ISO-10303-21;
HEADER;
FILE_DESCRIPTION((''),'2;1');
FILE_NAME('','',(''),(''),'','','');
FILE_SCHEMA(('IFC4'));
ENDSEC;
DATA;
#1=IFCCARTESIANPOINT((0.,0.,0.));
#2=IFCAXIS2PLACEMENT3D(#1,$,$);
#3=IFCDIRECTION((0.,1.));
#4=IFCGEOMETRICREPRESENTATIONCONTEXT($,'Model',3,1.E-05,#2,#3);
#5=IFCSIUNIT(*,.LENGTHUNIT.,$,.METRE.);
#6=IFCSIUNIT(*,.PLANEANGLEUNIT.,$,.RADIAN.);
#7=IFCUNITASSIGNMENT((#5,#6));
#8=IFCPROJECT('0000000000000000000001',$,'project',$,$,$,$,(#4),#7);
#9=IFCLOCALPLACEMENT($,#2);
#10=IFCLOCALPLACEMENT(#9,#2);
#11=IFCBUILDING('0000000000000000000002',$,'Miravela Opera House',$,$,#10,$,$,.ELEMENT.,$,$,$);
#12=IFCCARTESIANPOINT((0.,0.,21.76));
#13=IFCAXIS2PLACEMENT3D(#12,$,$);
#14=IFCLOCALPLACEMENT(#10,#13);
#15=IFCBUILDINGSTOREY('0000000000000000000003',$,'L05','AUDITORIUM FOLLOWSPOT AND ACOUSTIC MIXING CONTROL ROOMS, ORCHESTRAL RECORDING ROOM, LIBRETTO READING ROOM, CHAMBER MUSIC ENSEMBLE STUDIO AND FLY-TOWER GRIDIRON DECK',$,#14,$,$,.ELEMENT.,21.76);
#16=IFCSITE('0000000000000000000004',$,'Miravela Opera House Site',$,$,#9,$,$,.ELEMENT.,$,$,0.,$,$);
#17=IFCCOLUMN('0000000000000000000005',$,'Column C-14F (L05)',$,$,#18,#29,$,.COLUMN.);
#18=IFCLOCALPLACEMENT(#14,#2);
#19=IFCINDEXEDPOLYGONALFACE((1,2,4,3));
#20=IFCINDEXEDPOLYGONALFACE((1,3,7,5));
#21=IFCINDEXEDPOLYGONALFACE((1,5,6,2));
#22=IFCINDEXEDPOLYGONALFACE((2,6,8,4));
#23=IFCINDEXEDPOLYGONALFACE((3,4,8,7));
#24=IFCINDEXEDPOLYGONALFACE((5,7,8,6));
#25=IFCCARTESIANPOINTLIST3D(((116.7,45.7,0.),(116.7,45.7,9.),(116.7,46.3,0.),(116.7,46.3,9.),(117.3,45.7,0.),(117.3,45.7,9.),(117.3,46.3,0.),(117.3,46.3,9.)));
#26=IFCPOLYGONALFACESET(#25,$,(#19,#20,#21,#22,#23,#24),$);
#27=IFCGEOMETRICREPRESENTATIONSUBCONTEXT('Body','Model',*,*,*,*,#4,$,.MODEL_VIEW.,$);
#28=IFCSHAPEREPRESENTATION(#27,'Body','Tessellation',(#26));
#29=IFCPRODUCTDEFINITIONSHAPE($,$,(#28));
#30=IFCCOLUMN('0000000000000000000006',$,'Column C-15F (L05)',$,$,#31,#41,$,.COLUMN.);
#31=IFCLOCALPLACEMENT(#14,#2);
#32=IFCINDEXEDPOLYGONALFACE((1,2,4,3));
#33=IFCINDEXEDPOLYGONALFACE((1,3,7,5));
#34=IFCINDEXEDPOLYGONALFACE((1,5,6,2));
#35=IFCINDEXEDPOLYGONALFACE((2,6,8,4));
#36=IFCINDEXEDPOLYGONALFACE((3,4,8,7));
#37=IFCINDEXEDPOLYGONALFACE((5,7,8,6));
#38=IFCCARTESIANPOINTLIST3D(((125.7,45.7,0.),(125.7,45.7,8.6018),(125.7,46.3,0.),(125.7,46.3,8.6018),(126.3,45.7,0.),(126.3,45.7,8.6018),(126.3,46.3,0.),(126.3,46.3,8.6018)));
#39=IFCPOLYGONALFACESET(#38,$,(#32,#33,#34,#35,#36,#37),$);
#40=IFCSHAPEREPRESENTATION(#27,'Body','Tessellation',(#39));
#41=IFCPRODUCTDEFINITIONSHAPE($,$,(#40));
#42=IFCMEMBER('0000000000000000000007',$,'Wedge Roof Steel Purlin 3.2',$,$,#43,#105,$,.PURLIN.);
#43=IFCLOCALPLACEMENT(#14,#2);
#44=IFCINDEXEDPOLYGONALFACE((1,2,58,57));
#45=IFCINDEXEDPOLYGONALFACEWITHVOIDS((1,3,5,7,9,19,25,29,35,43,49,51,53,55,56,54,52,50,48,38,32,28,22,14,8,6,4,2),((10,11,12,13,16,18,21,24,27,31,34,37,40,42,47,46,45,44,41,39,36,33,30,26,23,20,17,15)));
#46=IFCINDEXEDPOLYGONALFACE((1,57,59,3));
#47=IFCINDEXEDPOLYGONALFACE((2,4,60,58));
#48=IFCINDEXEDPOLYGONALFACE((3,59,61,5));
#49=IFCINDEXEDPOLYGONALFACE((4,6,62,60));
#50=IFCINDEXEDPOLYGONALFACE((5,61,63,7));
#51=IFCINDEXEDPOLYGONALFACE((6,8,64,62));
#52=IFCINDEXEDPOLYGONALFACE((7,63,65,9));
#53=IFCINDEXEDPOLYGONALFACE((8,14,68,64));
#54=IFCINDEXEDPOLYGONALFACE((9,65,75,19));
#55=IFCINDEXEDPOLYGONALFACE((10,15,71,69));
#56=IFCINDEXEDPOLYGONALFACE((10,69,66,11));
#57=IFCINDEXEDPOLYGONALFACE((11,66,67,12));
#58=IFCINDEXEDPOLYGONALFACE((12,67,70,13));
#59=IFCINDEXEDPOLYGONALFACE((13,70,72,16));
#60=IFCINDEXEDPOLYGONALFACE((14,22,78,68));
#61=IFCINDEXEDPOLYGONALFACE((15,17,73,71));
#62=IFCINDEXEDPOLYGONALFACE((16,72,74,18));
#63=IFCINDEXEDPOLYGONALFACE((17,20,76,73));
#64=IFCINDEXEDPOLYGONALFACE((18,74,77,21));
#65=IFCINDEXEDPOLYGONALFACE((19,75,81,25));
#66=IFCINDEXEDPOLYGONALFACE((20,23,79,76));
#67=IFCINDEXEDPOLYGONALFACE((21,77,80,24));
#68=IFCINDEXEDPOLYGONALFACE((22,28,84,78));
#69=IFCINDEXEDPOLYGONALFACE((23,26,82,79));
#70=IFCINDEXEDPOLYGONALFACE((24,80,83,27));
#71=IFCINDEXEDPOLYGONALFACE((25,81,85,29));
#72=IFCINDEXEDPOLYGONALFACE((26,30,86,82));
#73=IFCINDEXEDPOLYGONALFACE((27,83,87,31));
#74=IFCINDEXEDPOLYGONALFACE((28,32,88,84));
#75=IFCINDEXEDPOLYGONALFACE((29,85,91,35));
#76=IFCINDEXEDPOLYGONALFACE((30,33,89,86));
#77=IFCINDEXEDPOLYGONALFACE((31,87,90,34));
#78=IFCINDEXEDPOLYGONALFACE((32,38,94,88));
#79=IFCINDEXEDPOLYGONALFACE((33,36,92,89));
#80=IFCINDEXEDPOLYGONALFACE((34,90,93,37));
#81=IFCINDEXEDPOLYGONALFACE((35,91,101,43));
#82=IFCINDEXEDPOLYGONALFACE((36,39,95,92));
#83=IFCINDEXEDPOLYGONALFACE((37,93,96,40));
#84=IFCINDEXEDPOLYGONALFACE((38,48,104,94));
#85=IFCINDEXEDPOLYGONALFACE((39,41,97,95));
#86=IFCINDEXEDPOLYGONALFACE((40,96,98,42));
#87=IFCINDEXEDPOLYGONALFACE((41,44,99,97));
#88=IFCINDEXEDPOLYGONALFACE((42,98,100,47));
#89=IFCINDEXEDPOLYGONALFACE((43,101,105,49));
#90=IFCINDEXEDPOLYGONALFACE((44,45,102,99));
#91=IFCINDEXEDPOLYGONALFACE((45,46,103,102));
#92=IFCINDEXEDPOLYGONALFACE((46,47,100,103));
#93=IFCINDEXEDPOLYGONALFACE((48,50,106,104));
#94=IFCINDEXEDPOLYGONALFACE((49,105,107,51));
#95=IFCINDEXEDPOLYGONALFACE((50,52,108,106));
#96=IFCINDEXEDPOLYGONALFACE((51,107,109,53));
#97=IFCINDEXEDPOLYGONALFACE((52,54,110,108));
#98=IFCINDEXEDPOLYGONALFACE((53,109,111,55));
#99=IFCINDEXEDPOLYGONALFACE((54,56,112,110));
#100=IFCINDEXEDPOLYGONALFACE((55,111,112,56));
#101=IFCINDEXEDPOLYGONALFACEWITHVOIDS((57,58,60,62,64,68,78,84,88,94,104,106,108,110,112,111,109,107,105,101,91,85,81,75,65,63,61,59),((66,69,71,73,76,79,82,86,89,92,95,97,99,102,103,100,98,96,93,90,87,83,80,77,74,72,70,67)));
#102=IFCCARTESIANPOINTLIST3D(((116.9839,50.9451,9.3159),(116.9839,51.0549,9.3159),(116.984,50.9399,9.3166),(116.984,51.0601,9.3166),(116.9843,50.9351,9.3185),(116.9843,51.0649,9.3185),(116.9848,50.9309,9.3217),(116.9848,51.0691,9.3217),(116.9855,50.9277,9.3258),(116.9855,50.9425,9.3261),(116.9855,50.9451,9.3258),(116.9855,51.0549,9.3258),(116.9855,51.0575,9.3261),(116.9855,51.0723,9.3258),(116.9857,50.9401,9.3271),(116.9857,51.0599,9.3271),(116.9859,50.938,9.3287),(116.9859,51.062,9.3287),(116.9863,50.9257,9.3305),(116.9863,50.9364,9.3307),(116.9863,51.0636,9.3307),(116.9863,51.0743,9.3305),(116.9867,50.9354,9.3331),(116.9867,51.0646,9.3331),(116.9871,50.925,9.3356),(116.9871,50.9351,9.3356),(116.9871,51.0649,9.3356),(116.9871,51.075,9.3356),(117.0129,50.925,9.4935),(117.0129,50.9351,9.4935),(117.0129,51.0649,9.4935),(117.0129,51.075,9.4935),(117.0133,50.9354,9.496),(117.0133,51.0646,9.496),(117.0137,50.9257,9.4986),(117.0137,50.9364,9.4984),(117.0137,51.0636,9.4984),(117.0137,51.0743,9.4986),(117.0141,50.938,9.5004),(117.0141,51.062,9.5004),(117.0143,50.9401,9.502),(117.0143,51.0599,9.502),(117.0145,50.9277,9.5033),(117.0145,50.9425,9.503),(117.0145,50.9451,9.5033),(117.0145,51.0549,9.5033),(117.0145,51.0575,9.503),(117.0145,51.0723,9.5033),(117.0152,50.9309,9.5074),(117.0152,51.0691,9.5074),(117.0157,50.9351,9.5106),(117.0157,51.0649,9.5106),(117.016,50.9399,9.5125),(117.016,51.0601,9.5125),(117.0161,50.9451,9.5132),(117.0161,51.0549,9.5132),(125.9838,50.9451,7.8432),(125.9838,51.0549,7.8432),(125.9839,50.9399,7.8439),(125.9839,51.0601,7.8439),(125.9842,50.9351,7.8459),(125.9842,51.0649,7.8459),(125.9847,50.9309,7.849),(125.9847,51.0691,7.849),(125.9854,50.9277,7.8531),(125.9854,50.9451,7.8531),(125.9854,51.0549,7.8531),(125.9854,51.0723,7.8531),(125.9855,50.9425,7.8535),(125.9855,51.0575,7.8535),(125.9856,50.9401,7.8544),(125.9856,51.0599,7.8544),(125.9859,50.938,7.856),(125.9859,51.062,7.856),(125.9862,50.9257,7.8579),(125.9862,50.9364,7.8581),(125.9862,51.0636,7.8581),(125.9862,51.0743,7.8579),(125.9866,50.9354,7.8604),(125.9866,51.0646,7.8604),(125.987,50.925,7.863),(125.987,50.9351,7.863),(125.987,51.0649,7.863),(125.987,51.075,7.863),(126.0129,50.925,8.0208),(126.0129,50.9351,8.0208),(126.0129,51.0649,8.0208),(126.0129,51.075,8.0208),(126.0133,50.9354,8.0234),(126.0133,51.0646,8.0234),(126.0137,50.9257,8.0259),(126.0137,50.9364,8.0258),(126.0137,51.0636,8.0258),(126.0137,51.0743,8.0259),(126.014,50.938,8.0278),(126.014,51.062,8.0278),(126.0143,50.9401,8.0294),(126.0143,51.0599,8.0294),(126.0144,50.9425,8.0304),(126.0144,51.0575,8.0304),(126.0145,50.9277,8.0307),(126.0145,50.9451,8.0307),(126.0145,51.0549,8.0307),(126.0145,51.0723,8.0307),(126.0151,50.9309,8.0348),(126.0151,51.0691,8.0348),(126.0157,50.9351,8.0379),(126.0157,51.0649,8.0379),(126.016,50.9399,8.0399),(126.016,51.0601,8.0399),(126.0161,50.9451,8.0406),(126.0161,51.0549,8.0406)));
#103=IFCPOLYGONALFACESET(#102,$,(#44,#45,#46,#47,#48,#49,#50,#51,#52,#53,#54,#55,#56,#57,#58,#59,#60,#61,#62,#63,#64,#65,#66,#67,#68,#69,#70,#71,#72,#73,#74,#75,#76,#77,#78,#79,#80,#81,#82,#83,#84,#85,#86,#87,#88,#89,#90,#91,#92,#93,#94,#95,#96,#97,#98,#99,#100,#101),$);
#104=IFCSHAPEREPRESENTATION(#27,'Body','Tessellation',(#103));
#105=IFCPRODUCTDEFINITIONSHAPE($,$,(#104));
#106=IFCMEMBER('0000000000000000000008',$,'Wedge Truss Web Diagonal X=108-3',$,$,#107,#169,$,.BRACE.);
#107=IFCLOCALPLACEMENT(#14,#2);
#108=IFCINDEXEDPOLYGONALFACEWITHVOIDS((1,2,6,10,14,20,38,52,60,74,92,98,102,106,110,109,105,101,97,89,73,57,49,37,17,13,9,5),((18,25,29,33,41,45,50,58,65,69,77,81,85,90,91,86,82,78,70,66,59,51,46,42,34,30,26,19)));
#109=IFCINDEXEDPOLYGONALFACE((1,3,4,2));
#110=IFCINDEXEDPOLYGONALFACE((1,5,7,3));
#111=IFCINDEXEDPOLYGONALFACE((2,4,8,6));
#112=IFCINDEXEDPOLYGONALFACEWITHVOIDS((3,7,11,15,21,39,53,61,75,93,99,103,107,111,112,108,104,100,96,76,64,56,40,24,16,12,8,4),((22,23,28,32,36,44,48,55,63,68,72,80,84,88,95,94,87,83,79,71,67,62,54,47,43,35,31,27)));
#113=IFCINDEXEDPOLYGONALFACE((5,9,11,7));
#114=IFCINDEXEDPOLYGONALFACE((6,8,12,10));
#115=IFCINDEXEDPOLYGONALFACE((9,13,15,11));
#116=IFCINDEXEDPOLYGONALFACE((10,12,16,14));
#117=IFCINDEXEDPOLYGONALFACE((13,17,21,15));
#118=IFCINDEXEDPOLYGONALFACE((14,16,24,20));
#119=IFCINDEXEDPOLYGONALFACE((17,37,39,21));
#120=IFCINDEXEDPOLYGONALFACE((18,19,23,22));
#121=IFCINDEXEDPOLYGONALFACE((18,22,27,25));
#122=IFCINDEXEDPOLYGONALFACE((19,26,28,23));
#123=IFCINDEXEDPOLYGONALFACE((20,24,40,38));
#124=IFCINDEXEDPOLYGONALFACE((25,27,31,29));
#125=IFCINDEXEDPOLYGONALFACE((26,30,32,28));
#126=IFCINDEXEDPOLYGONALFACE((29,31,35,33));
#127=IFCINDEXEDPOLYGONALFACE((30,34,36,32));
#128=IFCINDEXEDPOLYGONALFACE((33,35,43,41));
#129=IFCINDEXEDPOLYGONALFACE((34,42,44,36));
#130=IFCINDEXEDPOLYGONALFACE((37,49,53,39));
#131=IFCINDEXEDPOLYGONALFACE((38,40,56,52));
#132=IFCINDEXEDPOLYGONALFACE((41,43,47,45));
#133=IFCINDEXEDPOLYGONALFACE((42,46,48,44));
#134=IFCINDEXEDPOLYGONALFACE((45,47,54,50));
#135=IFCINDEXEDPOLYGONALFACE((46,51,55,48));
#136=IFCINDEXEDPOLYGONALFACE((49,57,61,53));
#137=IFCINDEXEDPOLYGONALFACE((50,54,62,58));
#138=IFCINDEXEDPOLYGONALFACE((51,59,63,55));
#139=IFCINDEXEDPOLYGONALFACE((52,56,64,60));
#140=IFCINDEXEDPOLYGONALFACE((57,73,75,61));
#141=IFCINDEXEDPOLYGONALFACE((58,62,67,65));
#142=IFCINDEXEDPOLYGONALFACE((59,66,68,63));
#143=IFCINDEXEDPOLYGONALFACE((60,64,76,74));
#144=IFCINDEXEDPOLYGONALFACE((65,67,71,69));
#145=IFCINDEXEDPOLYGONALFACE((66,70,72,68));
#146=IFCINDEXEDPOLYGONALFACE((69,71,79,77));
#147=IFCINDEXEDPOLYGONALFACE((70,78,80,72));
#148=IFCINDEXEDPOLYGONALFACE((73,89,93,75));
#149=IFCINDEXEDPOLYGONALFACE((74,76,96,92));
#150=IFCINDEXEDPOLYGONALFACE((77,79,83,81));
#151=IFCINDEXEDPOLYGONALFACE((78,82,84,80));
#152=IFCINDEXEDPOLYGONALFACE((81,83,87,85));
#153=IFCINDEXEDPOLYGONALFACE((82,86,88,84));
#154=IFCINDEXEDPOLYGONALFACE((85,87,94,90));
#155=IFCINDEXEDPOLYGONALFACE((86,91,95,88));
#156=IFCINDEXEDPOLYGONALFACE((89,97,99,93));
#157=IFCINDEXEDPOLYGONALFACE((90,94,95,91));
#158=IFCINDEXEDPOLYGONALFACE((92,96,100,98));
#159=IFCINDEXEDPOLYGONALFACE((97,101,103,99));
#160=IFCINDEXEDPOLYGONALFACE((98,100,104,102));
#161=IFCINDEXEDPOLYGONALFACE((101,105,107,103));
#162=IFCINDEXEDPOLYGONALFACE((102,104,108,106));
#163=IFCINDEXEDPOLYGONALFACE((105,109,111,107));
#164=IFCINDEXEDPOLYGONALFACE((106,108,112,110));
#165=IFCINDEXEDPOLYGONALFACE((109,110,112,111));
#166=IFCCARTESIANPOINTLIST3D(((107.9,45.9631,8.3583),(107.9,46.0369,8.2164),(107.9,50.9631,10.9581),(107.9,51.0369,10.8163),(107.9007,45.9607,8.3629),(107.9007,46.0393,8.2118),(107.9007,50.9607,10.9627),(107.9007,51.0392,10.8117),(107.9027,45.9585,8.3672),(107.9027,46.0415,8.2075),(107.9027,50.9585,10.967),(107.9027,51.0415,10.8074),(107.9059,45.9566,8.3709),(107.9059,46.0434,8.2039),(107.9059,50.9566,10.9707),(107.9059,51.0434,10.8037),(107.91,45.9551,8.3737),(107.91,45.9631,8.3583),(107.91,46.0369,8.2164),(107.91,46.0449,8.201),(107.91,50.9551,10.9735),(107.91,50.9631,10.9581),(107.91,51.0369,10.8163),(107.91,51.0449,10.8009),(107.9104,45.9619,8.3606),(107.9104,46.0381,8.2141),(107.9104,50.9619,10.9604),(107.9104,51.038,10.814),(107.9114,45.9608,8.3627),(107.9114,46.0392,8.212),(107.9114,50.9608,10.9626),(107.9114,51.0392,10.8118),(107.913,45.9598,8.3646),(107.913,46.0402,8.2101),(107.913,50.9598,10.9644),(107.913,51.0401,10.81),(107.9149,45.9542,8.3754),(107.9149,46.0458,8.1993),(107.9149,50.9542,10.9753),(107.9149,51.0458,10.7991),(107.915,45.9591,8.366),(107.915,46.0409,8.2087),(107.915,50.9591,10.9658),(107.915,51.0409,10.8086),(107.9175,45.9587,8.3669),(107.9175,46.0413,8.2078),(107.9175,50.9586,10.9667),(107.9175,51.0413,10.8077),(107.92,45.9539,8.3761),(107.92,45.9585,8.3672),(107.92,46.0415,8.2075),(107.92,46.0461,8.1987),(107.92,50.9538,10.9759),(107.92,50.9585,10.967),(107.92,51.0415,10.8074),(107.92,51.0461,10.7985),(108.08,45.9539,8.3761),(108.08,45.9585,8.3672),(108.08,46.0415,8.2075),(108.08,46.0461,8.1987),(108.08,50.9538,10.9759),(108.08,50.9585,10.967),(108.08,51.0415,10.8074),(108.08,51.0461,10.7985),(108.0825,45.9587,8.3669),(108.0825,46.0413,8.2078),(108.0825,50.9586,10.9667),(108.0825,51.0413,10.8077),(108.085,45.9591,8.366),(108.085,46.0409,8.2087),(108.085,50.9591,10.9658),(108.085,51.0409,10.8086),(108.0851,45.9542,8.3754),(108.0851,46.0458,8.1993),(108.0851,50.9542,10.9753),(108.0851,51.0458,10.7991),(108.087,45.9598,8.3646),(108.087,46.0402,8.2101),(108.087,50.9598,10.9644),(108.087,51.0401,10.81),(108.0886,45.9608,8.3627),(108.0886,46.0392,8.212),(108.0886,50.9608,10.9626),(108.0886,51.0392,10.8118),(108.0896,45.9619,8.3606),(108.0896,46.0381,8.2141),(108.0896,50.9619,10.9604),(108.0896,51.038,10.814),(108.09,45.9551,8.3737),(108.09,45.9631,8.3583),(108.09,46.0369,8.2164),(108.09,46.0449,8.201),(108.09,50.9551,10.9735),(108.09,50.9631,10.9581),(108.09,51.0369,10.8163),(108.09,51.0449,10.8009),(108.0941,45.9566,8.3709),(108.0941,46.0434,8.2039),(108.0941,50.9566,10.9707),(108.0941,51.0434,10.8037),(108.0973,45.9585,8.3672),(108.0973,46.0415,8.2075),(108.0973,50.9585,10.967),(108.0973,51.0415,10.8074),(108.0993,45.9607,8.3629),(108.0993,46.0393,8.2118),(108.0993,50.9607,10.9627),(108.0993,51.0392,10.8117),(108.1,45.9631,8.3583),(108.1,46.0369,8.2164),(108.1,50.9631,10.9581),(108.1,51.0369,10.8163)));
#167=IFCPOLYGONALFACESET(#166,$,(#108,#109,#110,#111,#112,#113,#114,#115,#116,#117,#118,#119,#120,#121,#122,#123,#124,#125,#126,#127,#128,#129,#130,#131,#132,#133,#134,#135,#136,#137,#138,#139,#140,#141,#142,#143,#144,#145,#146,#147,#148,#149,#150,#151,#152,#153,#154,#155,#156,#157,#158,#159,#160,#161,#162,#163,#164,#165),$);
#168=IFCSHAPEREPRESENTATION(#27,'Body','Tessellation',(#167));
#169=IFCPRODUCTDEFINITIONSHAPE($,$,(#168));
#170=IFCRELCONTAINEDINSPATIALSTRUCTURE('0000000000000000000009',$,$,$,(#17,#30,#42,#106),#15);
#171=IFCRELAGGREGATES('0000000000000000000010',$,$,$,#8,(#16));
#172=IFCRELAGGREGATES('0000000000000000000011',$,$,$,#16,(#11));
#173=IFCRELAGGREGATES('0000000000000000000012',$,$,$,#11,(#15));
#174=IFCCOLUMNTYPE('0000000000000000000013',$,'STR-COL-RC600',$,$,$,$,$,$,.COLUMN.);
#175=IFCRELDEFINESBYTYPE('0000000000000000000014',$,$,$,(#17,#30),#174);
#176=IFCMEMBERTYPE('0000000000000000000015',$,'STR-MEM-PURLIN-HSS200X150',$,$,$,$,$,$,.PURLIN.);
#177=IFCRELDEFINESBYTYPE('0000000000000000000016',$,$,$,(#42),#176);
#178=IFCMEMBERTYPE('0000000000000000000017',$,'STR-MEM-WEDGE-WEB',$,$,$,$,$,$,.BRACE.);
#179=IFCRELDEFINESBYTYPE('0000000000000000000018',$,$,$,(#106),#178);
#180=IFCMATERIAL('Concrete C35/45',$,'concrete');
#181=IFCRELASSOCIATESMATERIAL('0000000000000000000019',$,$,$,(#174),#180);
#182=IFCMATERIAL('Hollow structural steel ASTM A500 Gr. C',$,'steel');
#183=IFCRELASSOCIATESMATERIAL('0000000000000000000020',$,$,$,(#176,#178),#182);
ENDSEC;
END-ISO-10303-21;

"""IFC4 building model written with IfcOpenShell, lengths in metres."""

from ifc_helpers import new_model, si_unit, direction, frame, origin, origin_2d, place, context, subcontext, project, spatial, rectangle, hollow_rectangle, extrude, material, material_profile, profile_set, type_object, element, save


model = new_model("IFC4")

# Units and contexts
model_context = context("Model", 3, precision=1e-05, world=origin(), true_north=direction((0.0, 1.0)))
body_context = subcontext(model_context, "Body", "Model", "MODEL_VIEW")
ifc_project = project(units=[si_unit("LENGTHUNIT", "METRE"), si_unit("PLANEANGLEUNIT", "RADIAN")], contexts=[model_context])

# Site, building, storey
site_placement = place(None, origin())
site = spatial("IfcSite", under=ifc_project, at=site_placement, Name="Miravela Opera House Site", CompositionType="ELEMENT", RefElevation=0.0)
building_placement = place(site_placement, origin())
building = spatial("IfcBuilding", under=site, at=building_placement, Name="Miravela Opera House", CompositionType="ELEMENT")
storey_placement = place(building_placement, frame((0.0, 0.0, 21.76)))
storey = spatial("IfcBuildingStorey", under=building, at=storey_placement, Name="L05", Description="AUDITORIUM FOLLOWSPOT AND ACOUSTIC MIXING CONTROL ROOMS, ORCHESTRAL RECORDING ROOM, LIBRETTO READING ROOM, CHAMBER MUSIC ENSEMBLE STUDIO AND FLY-TOWER GRIDIRON DECK", CompositionType="ELEMENT", Elevation=21.76)

# Columns
ifc_material_1 = material(Name="Concrete C35/45", Category="concrete")
ifc_material_profile_1 = material_profile(ifc_material_1, rectangle(XDim=0.6001, YDim=0.6001, at=origin_2d()), Name="RC-COL-600X600")
ifc_profile_set_1 = profile_set([ifc_material_profile_1])
column_type = type_object("IfcColumnType", Name="STR-COL-RC600", PredefinedType="COLUMN", material=ifc_profile_set_1)
column_1_placement = place(storey_placement, frame((117.0, 46.0, 0.0), z_axis=(0.0, 0.0, 1.0), x_axis=(1.0, 0.0, 0.0)))
element("IfcColumn", 1, at=column_1_placement, inside=storey, type_object=column_type, Name="Column C-14F (L05)", PredefinedType="COLUMN", context=body_context, shape_type="SweptSolid", body=[
    extrude(rectangle(XDim=0.6001, YDim=0.6001, at=origin_2d()), origin(), (0.0, 0.0, 1.0), 9.0),
])
column_2_placement = place(storey_placement, frame((126.0, 46.0, 0.0), z_axis=(0.0, 0.0, 1.0), x_axis=(1.0, 0.0, 0.0)))
element("IfcColumn", 2, at=column_2_placement, inside=storey, type_object=column_type, Name="Column C-15F (L05)", PredefinedType="COLUMN", context=body_context, shape_type="SweptSolid", body=[
    extrude(rectangle(XDim=0.6001, YDim=0.6001, at=origin_2d()), origin(), (0.0, 0.0, 1.0), 8.6018),
])

# Members
ifc_material_2 = material(Name="Hollow structural steel ASTM A500 Gr. C", Category="steel")
ifc_material_profile_2 = material_profile(ifc_material_2, hollow_rectangle(XDim=0.1499, YDim=0.2, WallThickness=0.01, InnerFilletRadius=0.01, OuterFilletRadius=0.02, at=origin_2d()), Name="HSS200X150X10")
ifc_profile_set_2 = profile_set([ifc_material_profile_2])
member_type_1 = type_object("IfcMemberType", Name="STR-MEM-PURLIN-HSS200X150", PredefinedType="PURLIN", material=ifc_profile_set_2)
member_1_placement = place(storey_placement, frame((117.0, 51.0, 9.4146), z_axis=(0.986876, 0.0, -0.161481), x_axis=(0.0, 1.0, 0.0)))
element("IfcMember", 3, at=member_1_placement, inside=storey, type_object=member_type_1, Name="Wedge Roof Steel Purlin 3.2", PredefinedType="PURLIN", context=body_context, shape_type="SweptSolid", body=[
    extrude(hollow_rectangle(XDim=0.1499, YDim=0.2, WallThickness=0.01, InnerFilletRadius=0.01, OuterFilletRadius=0.02, at=origin_2d()), origin(), (0.0, 0.0, 1.0), 9.1196),
])
ifc_material_profile_3 = material_profile(ifc_material_2, hollow_rectangle(XDim=0.2, YDim=0.2, WallThickness=0.01, InnerFilletRadius=0.01, OuterFilletRadius=0.02, at=origin_2d()), Name="HSS200X200X10")
ifc_profile_set_3 = profile_set([ifc_material_profile_3])
member_type_2 = type_object("IfcMemberType", Name="STR-MEM-WEDGE-WEB", PredefinedType="BRACE", material=ifc_profile_set_3)
for number, where, z_axis, x_axis, name in (
    (4, (108.0, 46.0, 8.2874), (0.0, 0.887227, 0.461332), (-1.0, 0.0, 0.0), "Wedge Truss Web Diagonal X=108-3"),
):
    element("IfcMember", number, at=place(storey_placement, frame(where, z_axis=z_axis, x_axis=x_axis)), inside=storey, type_object=member_type_2, Name=name, PredefinedType="BRACE", context=body_context, shape_type="SweptSolid", body=[
        extrude(hollow_rectangle(XDim=0.2, YDim=0.2, WallThickness=0.01, InnerFilletRadius=0.01, OuterFilletRadius=0.02, at=origin_2d()), origin(), (0.0, 0.0, 1.0), 5.6355),
    ])

save(model, "model.ifc")
